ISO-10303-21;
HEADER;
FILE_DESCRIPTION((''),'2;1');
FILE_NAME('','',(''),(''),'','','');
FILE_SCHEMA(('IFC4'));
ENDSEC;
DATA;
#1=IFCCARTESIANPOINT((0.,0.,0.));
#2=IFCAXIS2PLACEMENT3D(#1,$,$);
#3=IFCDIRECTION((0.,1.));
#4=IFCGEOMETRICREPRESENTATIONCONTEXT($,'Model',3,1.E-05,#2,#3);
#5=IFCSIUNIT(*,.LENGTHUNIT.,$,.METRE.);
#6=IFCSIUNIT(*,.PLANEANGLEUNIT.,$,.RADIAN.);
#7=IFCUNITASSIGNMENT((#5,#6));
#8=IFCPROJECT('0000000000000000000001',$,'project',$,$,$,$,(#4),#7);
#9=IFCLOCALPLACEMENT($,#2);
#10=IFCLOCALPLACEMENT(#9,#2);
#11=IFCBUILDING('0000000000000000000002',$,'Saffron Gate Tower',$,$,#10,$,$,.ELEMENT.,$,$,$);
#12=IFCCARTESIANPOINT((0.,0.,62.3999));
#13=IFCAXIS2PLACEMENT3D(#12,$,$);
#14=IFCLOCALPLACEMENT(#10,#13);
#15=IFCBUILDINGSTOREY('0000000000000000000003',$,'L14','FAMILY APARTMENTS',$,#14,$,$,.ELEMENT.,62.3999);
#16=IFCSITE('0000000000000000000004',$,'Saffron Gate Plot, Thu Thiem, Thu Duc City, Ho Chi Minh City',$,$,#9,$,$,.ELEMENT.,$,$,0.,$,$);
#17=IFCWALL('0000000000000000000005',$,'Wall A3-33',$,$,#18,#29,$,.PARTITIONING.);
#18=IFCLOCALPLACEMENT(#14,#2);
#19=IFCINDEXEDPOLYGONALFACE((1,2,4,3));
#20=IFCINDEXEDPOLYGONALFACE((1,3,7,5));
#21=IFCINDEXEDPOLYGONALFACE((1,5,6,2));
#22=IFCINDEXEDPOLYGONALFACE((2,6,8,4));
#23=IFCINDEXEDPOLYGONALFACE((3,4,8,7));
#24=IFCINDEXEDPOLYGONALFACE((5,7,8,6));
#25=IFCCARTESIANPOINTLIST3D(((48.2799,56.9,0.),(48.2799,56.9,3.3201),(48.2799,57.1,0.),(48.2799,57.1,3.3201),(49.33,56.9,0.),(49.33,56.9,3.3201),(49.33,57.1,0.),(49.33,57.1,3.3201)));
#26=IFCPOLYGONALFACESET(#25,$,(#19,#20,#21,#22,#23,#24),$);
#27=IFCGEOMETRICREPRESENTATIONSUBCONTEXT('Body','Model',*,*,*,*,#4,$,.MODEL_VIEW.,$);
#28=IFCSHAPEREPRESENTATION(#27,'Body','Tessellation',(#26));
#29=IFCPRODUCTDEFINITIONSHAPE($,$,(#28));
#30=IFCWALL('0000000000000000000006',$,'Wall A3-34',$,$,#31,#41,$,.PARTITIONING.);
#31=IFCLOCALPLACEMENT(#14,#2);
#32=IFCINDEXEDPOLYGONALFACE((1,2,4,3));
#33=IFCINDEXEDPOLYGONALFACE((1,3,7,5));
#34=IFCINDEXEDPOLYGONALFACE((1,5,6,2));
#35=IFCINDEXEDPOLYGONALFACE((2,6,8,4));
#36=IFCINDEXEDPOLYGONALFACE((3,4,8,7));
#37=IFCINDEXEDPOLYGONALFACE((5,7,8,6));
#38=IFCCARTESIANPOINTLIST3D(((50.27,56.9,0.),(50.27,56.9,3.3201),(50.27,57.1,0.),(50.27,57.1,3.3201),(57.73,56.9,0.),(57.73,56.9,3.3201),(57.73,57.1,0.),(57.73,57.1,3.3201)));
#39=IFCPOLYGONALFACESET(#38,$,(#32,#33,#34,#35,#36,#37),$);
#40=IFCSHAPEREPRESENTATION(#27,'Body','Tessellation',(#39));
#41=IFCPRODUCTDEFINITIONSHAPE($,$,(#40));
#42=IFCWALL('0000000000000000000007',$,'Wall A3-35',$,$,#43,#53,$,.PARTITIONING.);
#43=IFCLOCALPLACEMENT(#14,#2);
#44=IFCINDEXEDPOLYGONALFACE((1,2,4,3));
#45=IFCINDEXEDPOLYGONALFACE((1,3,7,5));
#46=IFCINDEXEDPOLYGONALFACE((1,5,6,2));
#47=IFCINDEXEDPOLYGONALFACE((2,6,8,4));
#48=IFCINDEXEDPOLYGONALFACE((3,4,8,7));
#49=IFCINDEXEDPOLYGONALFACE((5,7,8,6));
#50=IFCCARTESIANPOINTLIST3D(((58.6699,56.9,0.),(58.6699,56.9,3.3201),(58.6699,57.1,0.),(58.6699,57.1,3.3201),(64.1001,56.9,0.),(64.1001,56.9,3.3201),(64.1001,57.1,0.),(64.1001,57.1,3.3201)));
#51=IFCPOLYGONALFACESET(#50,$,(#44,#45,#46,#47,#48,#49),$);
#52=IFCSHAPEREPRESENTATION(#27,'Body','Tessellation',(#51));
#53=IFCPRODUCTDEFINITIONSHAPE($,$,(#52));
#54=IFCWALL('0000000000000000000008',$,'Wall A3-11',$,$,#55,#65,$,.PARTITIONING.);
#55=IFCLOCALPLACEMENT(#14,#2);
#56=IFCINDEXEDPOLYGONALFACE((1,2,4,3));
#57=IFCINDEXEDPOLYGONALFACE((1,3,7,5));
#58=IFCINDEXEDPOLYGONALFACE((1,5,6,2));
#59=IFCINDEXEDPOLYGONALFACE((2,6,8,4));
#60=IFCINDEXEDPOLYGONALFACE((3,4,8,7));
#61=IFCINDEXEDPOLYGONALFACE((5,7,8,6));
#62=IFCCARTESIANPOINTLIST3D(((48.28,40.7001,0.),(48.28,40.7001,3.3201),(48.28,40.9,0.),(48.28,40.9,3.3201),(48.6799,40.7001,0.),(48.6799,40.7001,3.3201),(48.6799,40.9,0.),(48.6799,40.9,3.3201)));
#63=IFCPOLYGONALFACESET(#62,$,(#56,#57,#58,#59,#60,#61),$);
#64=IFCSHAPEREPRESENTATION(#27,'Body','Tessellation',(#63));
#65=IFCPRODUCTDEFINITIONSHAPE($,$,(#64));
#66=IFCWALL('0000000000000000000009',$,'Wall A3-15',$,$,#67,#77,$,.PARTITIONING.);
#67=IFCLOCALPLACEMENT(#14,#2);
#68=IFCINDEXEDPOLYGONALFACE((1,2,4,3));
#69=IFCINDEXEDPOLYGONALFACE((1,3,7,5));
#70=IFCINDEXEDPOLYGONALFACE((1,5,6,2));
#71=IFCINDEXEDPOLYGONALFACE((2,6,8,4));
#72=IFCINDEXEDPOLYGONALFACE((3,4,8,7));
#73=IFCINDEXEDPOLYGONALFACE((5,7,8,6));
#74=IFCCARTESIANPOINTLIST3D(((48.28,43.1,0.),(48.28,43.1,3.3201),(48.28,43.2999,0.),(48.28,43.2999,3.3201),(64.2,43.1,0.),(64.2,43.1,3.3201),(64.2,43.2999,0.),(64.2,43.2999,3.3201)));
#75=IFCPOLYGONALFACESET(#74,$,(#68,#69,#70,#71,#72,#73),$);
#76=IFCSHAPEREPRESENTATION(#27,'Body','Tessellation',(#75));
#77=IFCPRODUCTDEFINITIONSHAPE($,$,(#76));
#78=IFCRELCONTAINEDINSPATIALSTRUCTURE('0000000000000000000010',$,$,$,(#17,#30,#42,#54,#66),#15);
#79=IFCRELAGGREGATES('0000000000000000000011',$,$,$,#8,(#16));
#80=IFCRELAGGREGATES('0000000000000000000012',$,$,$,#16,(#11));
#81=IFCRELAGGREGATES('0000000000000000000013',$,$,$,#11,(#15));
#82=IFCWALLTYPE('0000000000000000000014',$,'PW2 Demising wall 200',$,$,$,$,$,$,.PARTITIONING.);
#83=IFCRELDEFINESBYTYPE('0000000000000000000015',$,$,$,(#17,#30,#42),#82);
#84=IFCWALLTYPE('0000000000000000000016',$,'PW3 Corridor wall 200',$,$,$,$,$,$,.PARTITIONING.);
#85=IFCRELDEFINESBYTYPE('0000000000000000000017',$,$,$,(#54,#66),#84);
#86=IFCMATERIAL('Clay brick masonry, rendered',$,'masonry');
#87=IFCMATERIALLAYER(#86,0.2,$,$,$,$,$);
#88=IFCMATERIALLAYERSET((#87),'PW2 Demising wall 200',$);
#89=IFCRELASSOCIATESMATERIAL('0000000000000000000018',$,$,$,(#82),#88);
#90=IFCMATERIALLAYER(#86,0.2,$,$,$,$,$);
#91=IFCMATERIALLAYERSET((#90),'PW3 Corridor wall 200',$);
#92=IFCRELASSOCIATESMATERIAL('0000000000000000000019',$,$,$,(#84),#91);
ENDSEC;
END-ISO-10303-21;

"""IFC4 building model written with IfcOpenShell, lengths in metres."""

from ifc_helpers import new_model, si_unit, direction, frame, frame_2d, origin, place, context, subcontext, project, spatial, rectangle, extrude, material, layer, layer_set, type_object, element, save


model = new_model("IFC4")

# Units and contexts
model_context = context("Model", 3, precision=1e-05, world=origin(), true_north=direction((0.0, 1.0)))
body_context = subcontext(model_context, "Body", "Model", "MODEL_VIEW")
ifc_project = project(units=[si_unit("LENGTHUNIT", "METRE"), si_unit("PLANEANGLEUNIT", "RADIAN")], contexts=[model_context])

# Site, building, storey
site_placement = place(None, origin())
site = spatial("IfcSite", under=ifc_project, at=site_placement, Name="Saffron Gate Plot, Thu Thiem, Thu Duc City, Ho Chi Minh City", CompositionType="ELEMENT", RefElevation=0.0)
building_placement = place(site_placement, origin())
building = spatial("IfcBuilding", under=site, at=building_placement, Name="Saffron Gate Tower", CompositionType="ELEMENT")
storey_placement = place(building_placement, frame((0.0, 0.0, 62.3999)))
storey = spatial("IfcBuildingStorey", under=building, at=storey_placement, Name="L14", Description="FAMILY APARTMENTS", CompositionType="ELEMENT", Elevation=62.3999)

# Walls
ifc_material_1 = material(Name="Clay brick masonry, rendered", Category="masonry")
ifc_layer_1 = layer(ifc_material_1, 0.2)
ifc_layer_set_1 = layer_set([ifc_layer_1], Name="PW2 Demising wall 200")
wall_type_1 = type_object("IfcWallType", Name="PW2 Demising wall 200", PredefinedType="PARTITIONING", material=ifc_layer_set_1)
wall_1_placement = place(storey_placement, frame((48.28, 57.0, 0.0), z_axis=(0.0, 0.0, 1.0), x_axis=(1.0, 0.0, 0.0)))
element("IfcWall", 1, at=wall_1_placement, inside=storey, type_object=wall_type_1, Name="Wall A3-33", PredefinedType="PARTITIONING", context=body_context, shape_type="SweptSolid", body=[
    extrude(rectangle(XDim=1.05, YDim=0.2, at=frame_2d((0.5249, 0.0))), origin(), (0.0, 0.0, 1.0), 3.3201),
])
wall_2_placement = place(storey_placement, frame((50.27, 57.0, 0.0), z_axis=(0.0, 0.0, 1.0), x_axis=(1.0, 0.0, 0.0)))
element("IfcWall", 2, at=wall_2_placement, inside=storey, type_object=wall_type_1, Name="Wall A3-34", PredefinedType="PARTITIONING", context=body_context, shape_type="SweptSolid", body=[
    extrude(rectangle(XDim=7.46, YDim=0.2, at=frame_2d((3.73, 0.0))), origin(), (0.0, 0.0, 1.0), 3.3201),
])
wall_3_placement = place(storey_placement, frame((58.6699, 57.0, 0.0), z_axis=(0.0, 0.0, 1.0), x_axis=(1.0, 0.0, 0.0)))
element("IfcWall", 3, at=wall_3_placement, inside=storey, type_object=wall_type_1, Name="Wall A3-35", PredefinedType="PARTITIONING", context=body_context, shape_type="SweptSolid", body=[
    extrude(rectangle(XDim=5.4302, YDim=0.2, at=frame_2d((2.7151, 0.0))), origin(), (0.0, 0.0, 1.0), 3.3201),
])
ifc_layer_2 = layer(ifc_material_1, 0.2)
ifc_layer_set_2 = layer_set([ifc_layer_2], Name="PW3 Corridor wall 200")
wall_type_2 = type_object("IfcWallType", Name="PW3 Corridor wall 200", PredefinedType="PARTITIONING", material=ifc_layer_set_2)
wall_4_placement = place(storey_placement, frame((48.28, 40.8, 0.0), z_axis=(0.0, 0.0, 1.0), x_axis=(1.0, 0.0, 0.0)))
element("IfcWall", 4, at=wall_4_placement, inside=storey, type_object=wall_type_2, Name="Wall A3-11", PredefinedType="PARTITIONING", context=body_context, shape_type="SweptSolid", body=[
    extrude(rectangle(XDim=0.3999, YDim=0.2, at=frame_2d((0.2, 0.0))), origin(), (0.0, 0.0, 1.0), 3.3201),
])
wall_5_placement = place(storey_placement, frame((48.28, 43.2, 0.0), z_axis=(0.0, 0.0, 1.0), x_axis=(1.0, 0.0, 0.0)))
element("IfcWall", 5, at=wall_5_placement, inside=storey, type_object=wall_type_2, Name="Wall A3-15", PredefinedType="PARTITIONING", context=body_context, shape_type="SweptSolid", body=[
    extrude(rectangle(XDim=15.9199, YDim=0.2, at=frame_2d((7.96, 0.0))), origin(), (0.0, 0.0, 1.0), 3.3201),
])

save(model, "model.ifc")
